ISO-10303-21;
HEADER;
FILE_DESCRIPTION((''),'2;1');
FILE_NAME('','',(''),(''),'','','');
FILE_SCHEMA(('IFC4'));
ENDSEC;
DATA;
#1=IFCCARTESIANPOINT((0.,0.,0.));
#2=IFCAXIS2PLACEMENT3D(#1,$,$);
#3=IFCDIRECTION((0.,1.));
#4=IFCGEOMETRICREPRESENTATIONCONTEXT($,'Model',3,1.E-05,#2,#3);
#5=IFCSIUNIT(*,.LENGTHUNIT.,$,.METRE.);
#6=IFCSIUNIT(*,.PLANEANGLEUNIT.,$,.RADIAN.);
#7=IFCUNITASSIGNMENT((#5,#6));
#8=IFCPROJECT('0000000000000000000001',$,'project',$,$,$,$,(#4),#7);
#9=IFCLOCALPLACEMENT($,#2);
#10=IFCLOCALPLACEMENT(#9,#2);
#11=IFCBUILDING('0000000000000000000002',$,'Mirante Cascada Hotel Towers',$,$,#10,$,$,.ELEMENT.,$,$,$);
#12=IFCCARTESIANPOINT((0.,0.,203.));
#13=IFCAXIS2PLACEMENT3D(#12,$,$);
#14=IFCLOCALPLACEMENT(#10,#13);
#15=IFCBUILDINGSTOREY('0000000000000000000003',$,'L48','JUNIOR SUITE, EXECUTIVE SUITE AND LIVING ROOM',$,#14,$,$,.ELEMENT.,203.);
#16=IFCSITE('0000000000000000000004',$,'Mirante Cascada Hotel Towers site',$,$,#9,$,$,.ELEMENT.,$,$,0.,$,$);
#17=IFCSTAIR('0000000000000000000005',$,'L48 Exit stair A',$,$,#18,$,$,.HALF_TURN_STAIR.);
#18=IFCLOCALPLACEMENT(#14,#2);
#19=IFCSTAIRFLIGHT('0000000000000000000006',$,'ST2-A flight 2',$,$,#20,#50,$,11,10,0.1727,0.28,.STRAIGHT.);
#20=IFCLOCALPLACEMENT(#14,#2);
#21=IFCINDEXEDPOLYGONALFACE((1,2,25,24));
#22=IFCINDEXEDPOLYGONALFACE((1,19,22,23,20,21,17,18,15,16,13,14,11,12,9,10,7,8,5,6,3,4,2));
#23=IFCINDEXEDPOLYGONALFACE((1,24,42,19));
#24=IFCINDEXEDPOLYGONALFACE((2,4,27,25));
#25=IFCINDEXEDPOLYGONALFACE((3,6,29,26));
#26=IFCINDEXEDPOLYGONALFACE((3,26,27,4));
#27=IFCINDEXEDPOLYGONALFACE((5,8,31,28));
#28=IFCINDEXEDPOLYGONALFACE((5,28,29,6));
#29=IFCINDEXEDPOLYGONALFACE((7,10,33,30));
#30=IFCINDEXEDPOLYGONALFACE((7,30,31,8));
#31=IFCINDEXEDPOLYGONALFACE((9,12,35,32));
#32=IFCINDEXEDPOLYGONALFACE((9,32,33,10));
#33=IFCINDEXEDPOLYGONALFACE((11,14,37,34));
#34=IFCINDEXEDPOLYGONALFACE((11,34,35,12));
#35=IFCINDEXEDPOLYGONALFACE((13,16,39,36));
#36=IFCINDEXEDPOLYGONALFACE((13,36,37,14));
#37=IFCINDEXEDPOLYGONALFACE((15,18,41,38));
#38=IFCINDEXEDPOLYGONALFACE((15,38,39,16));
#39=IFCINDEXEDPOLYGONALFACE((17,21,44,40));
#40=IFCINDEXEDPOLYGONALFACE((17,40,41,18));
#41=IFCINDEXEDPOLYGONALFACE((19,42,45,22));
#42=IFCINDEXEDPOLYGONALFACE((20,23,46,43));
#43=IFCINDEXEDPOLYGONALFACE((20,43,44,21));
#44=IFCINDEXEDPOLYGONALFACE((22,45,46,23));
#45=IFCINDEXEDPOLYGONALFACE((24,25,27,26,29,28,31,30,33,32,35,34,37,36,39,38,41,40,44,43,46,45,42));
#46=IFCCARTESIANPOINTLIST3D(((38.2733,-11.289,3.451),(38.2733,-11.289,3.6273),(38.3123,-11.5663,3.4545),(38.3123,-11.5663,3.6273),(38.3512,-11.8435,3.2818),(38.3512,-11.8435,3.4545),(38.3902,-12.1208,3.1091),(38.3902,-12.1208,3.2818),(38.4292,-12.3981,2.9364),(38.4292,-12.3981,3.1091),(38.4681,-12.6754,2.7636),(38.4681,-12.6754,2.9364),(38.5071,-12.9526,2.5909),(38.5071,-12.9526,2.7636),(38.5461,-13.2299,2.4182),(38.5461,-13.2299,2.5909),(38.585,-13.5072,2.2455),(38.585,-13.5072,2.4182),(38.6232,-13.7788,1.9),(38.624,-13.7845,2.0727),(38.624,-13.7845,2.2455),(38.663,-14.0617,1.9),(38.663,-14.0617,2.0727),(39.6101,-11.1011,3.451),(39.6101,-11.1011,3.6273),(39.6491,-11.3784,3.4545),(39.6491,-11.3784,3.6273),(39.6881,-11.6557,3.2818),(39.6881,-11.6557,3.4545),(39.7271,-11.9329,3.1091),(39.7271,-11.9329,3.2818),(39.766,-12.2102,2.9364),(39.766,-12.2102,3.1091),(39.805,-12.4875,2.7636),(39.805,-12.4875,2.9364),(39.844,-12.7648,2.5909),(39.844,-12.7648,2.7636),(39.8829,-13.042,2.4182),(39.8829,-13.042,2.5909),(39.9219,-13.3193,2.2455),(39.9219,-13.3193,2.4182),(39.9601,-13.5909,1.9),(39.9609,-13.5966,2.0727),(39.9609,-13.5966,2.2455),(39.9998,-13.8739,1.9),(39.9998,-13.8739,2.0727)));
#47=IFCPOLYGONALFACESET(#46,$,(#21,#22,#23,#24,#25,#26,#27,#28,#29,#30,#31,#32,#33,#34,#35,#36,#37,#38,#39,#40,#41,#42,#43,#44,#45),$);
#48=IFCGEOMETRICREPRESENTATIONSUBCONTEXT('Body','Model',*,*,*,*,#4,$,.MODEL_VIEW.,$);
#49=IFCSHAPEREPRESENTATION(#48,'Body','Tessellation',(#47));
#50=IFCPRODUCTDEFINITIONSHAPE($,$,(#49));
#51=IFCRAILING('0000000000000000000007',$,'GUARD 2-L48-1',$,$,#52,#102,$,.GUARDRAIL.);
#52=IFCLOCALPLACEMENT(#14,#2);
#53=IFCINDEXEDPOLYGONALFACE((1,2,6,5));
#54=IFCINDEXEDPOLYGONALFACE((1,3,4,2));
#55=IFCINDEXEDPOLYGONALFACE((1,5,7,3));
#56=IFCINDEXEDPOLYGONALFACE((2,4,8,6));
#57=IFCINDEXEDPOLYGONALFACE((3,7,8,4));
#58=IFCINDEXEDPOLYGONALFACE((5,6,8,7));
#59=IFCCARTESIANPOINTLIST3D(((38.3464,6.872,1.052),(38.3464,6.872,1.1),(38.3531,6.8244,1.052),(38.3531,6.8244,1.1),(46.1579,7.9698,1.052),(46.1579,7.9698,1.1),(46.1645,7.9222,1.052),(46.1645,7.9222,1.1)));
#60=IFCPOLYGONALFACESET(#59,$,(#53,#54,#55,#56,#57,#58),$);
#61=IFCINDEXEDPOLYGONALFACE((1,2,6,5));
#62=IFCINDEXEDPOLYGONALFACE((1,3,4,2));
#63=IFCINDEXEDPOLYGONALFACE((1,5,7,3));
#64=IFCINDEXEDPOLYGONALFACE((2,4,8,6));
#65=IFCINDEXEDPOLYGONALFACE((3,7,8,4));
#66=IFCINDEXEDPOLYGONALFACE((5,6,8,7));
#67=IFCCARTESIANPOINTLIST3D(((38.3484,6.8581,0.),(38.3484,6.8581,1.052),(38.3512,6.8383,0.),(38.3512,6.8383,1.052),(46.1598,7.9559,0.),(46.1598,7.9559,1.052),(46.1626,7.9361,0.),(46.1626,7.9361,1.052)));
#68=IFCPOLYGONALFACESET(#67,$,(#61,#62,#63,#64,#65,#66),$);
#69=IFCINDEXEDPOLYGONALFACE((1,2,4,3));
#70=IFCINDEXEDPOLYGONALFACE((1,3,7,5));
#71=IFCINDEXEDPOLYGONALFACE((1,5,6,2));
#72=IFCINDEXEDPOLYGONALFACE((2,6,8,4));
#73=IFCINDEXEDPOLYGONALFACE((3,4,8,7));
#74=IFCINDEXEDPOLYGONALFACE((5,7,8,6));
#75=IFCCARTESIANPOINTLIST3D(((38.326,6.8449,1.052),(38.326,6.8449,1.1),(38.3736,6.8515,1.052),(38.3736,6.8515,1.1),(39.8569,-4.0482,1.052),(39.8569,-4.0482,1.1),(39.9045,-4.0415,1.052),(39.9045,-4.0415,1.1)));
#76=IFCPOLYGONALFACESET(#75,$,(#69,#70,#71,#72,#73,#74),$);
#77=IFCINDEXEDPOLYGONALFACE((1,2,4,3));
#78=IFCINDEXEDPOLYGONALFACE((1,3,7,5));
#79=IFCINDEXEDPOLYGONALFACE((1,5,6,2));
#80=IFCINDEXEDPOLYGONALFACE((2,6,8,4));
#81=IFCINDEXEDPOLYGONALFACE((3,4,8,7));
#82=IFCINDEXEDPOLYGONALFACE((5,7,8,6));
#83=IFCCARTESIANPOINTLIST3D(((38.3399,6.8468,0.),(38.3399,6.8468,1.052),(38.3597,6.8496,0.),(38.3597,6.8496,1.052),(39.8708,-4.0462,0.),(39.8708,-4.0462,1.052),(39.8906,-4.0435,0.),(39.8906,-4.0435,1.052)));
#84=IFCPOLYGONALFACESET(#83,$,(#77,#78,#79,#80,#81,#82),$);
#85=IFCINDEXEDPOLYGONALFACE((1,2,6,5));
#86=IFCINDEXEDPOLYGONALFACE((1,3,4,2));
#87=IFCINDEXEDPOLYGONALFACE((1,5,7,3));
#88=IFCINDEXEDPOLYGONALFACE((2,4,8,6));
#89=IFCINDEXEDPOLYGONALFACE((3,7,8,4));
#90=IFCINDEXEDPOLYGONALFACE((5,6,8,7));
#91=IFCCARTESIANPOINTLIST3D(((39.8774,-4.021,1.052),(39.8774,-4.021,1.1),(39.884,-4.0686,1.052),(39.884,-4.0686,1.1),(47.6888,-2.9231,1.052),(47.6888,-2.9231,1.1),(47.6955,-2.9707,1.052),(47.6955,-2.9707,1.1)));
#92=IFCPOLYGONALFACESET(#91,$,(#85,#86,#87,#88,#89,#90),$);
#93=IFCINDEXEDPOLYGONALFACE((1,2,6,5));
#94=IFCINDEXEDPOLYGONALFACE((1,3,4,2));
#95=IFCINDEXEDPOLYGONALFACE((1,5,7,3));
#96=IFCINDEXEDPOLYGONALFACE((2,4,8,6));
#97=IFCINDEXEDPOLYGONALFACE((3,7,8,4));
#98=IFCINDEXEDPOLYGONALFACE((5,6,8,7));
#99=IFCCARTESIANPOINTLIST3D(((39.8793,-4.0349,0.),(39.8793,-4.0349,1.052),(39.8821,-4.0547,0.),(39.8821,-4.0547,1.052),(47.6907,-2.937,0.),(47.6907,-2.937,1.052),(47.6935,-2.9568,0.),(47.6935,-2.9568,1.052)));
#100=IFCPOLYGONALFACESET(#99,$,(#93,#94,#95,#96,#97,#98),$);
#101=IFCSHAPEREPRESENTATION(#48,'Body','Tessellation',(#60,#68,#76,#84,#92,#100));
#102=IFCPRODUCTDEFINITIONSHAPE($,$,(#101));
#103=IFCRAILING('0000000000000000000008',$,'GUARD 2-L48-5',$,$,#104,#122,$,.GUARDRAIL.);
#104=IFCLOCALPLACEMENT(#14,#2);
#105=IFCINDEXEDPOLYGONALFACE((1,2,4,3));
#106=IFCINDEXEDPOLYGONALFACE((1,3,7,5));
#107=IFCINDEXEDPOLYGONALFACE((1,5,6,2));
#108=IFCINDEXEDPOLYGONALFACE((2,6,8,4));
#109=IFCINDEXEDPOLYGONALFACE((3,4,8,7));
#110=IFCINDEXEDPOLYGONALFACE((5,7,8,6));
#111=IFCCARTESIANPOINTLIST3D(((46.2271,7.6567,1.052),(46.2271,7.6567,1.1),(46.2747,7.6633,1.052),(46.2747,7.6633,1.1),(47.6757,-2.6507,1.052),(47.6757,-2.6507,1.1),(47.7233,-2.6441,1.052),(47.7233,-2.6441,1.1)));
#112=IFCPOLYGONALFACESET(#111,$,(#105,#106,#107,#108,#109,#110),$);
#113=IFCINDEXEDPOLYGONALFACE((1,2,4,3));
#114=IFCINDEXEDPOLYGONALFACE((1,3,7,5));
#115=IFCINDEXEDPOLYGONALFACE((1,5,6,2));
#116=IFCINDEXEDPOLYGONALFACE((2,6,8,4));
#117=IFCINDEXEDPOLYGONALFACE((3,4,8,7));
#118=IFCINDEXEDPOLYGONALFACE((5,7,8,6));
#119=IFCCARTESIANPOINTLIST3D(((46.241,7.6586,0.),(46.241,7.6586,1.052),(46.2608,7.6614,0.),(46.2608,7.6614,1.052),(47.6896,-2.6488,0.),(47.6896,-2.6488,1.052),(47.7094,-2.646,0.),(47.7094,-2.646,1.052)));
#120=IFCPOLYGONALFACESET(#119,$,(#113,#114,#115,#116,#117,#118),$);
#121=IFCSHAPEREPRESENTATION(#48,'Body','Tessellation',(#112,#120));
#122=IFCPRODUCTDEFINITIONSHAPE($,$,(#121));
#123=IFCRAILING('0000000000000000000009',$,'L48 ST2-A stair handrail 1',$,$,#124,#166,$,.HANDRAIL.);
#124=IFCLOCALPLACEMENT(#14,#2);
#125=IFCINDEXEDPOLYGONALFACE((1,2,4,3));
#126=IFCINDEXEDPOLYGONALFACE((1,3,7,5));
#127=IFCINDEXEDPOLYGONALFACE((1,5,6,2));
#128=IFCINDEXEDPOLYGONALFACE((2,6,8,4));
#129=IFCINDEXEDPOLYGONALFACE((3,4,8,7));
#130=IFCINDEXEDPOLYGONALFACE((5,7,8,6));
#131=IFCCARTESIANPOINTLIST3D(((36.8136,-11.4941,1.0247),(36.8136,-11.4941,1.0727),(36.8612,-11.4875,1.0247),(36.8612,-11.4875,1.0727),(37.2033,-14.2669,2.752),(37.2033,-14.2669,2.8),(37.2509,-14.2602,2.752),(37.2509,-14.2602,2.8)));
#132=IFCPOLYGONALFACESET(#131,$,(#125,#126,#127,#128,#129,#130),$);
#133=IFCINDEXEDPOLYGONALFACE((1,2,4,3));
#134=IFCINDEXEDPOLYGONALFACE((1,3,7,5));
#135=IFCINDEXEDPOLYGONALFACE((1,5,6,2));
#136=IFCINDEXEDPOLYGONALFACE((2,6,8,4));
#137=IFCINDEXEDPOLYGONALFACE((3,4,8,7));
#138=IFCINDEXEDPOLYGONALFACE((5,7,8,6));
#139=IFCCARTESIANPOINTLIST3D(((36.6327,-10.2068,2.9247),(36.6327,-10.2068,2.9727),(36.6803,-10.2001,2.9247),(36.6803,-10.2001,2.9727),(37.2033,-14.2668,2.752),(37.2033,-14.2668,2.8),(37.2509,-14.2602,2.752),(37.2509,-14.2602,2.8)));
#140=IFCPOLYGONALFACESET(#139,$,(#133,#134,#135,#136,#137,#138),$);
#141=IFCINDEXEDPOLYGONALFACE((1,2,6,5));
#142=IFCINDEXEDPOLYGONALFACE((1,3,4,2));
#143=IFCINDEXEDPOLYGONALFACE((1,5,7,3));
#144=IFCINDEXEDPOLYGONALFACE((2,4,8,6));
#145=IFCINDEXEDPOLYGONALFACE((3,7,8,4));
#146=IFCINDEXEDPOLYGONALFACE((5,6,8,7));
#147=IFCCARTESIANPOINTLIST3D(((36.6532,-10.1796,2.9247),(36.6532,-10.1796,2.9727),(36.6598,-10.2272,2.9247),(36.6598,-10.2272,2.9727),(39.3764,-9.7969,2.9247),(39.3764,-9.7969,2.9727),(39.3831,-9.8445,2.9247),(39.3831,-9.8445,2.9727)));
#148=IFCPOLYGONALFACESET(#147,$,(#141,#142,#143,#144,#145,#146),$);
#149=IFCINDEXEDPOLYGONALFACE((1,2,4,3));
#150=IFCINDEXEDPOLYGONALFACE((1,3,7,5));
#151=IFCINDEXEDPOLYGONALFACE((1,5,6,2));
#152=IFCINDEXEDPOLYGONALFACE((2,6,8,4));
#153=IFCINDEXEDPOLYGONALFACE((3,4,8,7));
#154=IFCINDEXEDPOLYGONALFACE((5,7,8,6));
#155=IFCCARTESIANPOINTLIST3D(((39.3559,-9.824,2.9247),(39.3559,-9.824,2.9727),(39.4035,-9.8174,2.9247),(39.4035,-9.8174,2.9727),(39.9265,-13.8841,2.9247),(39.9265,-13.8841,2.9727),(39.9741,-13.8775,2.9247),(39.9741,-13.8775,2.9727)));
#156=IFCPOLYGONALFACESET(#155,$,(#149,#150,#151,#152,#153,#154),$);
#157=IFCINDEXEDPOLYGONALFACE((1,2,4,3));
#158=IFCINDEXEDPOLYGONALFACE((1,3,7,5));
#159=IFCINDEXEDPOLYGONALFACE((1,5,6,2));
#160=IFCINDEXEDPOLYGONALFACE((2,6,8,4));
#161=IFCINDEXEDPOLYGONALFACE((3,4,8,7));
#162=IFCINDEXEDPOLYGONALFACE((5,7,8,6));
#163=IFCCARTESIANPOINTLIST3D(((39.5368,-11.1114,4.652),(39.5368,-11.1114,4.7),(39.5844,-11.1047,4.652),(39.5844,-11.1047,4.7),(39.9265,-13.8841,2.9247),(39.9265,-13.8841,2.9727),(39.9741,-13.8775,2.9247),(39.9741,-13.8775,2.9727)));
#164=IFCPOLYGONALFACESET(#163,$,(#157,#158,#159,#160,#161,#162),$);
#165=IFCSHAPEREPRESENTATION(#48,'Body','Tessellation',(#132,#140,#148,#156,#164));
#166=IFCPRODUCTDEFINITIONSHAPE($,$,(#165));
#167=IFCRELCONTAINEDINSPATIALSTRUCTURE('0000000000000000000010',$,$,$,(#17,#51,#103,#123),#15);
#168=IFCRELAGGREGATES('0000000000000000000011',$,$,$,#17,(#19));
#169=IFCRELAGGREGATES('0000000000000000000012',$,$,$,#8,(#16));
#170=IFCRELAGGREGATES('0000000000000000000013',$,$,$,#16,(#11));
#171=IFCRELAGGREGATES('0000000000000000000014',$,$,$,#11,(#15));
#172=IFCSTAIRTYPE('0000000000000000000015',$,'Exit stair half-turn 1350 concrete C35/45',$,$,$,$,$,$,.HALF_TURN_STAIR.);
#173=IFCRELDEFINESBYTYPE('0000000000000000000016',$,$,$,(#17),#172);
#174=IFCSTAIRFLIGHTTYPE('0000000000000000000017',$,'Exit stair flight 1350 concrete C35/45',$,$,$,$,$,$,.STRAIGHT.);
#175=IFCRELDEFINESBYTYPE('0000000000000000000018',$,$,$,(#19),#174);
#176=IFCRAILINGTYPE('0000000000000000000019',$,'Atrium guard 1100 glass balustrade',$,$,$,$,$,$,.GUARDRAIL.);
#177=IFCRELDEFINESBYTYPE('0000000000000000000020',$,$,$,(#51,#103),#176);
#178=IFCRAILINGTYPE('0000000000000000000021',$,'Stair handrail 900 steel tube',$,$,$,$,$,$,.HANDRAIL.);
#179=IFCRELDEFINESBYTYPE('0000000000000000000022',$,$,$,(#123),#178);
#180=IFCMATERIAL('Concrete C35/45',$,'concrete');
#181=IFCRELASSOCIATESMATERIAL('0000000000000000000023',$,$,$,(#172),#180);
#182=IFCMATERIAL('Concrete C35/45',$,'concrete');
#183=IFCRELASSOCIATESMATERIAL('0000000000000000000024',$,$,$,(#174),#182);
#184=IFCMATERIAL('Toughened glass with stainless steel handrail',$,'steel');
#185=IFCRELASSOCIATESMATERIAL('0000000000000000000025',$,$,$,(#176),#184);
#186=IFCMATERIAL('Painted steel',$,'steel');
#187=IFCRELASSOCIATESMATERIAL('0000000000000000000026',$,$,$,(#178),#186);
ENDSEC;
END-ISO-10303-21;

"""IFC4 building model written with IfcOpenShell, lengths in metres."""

from ifc_helpers import new_model, si_unit, direction, frame, origin, origin_2d, place, context, subcontext, project, spatial, polyline, rectangle, outline, extrude, material, type_object, element, aggregate, save


model = new_model("IFC4")

# Units and contexts
model_context = context("Model", 3, precision=1e-05, world=origin(), true_north=direction((0.0, 1.0)))
body_context = subcontext(model_context, "Body", "Model", "MODEL_VIEW")
ifc_project = project(units=[si_unit("LENGTHUNIT", "METRE"), si_unit("PLANEANGLEUNIT", "RADIAN")], contexts=[model_context])

# Site, building, storey
site_placement = place(None, origin())
site = spatial("IfcSite", under=ifc_project, at=site_placement, Name="Mirante Cascada Hotel Towers site", CompositionType="ELEMENT", RefElevation=0.0)
building_placement = place(site_placement, origin())
building = spatial("IfcBuilding", under=site, at=building_placement, Name="Mirante Cascada Hotel Towers", CompositionType="ELEMENT")
storey_placement = place(building_placement, frame((0.0, 0.0, 203.0)))
storey = spatial("IfcBuildingStorey", under=building, at=storey_placement, Name="L48", Description="JUNIOR SUITE, EXECUTIVE SUITE AND LIVING ROOM", CompositionType="ELEMENT", Elevation=203.0)

# Stair, stair flight
ifc_material_1 = material(Name="Concrete C35/45", Category="concrete")
stair_type = type_object("IfcStairType", Name="Exit stair half-turn 1350 concrete C35/45", PredefinedType="HALF_TURN_STAIR", material=ifc_material_1)
stair_placement = place(storey_placement, origin())
stair = element("IfcStair", 1, at=stair_placement, inside=storey, type_object=stair_type, Name="L48 Exit stair A", PredefinedType="HALF_TURN_STAIR")
ifc_material_2 = material(Name="Concrete C35/45", Category="concrete")
stair_flight_type = type_object("IfcStairFlightType", Name="Exit stair flight 1350 concrete C35/45", PredefinedType="STRAIGHT", material=ifc_material_2)
stair_flight_placement = place(storey_placement, frame((39.3314, -13.9678, 1.9), z_axis=(0.0, 0.0, 1.0), x_axis=(-0.139173, 0.990268, 0.0)))
stair_flight = element("IfcStairFlight", 2, at=stair_flight_placement, type_object=stair_flight_type, Name="ST2-A flight 2", NumberOfRisers=11, NumberOfTreads=10, PredefinedType="STRAIGHT", RiserHeight=0.1727, TreadLength=0.28, context=body_context, shape_type="SweptSolid", body=[
    extrude(outline(polyline([(0.0, 0.0), (0.0, 0.1727), (0.28, 0.1727), (0.28, 0.3455), (0.56, 0.3455), (0.56, 0.5182), (0.84, 0.5182), (0.84, 0.6909), (1.12, 0.6909), (1.12, 0.8636), (1.4, 0.8636), (1.4, 1.0364), (1.68, 1.0364), (1.68, 1.2091), (1.96, 1.2091), (1.96, 1.3818), (2.24, 1.3818), (2.24, 1.5545), (2.52, 1.5545), (2.52, 1.7273), (2.8, 1.7273), (2.8, 1.9), (2.8, 1.551), (0.2857, 0.0), (0.0, 0.0)])), frame((0.0, 0.675, 0.0), z_axis=(0.0, -1.0, 0.0), x_axis=(1.0, 0.0, 0.0)), (0.0, 0.0, 1.0), 1.35),
])
aggregate(stair, [stair_flight])

# Railings
ifc_material_3 = material(Name="Toughened glass with stainless steel handrail", Category="steel")
railing_type_1 = type_object("IfcRailingType", Name="Atrium guard 1100 glass balustrade", PredefinedType="GUARDRAIL", material=ifc_material_3)
railing_1_placement = place(storey_placement, frame((46.1612, 7.946, 0.0)))
element("IfcRailing", 3, at=railing_1_placement, inside=storey, type_object=railing_type_1, Name="GUARD 2-L48-1", PredefinedType="GUARDRAIL", context=body_context, shape_type="SweptSolid", body=[
    extrude(rectangle(XDim=0.048, YDim=0.048, at=origin_2d()), frame((0.0, 0.0, 1.076), z_axis=(-0.990268, -0.139171, 0.0), x_axis=(0.139171, -0.990268, 0.0)), (0.0, 0.0, 1.0), 7.8882),
    extrude(rectangle(XDim=0.02, YDim=1.052, at=origin_2d()), frame((0.0, 0.0, 0.526), z_axis=(-0.990268, -0.139171, 0.0), x_axis=(0.139171, -0.990268, 0.0)), (0.0, 0.0, 1.0), 7.8882),
    extrude(rectangle(XDim=0.048, YDim=0.048, at=origin_2d()), frame((-7.8114, -1.0978, 1.076), z_axis=(0.139172, -0.990268, 0.0), x_axis=(0.990268, 0.139172, 0.0)), (0.0, 0.0, 1.0), 11.0001),
    extrude(rectangle(XDim=0.02, YDim=1.052, at=origin_2d()), frame((-7.8114, -1.0978, 0.526), z_axis=(0.139172, -0.990268, 0.0), x_axis=(0.990268, 0.139172, 0.0)), (0.0, 0.0, 1.0), 11.0001),
    extrude(rectangle(XDim=0.048, YDim=0.048, at=origin_2d()), frame((-6.2805, -11.9908, 1.076), z_axis=(0.990267, 0.139183, 0.0), x_axis=(-0.139183, 0.990267, 0.0)), (0.0, 0.0, 1.0), 7.8882),
    extrude(rectangle(XDim=0.02, YDim=1.052, at=origin_2d()), frame((-6.2805, -11.9908, 0.526), z_axis=(0.990267, 0.139183, 0.0), x_axis=(-0.139183, 0.990267, 0.0)), (0.0, 0.0, 1.0), 7.8882),
])
railing_2_placement = place(storey_placement, frame((47.6995, -2.6474, 0.0)))
element("IfcRailing", 4, at=railing_2_placement, inside=storey, type_object=railing_type_1, Name="GUARD 2-L48-5", PredefinedType="GUARDRAIL", context=body_context, shape_type="SweptSolid", body=[
    extrude(rectangle(XDim=0.048, YDim=0.048, at=origin_2d()), frame((0.0, 0.0, 1.076), z_axis=(-0.139172, 0.990268, 0.0), x_axis=(-0.990268, -0.139172, 0.0)), (0.0, 0.0, 1.0), 10.4087),
    extrude(rectangle(XDim=0.02, YDim=1.052, at=origin_2d()), frame((0.0, 0.0, 0.526), z_axis=(-0.139172, 0.990268, 0.0), x_axis=(-0.990268, -0.139172, 0.0)), (0.0, 0.0, 1.0), 10.4087),
])
ifc_material_4 = material(Name="Painted steel", Category="steel")
railing_type_2 = type_object("IfcRailingType", Name="Stair handrail 900 steel tube", PredefinedType="HANDRAIL", material=ifc_material_4)
railing_3_placement = place(storey_placement, frame((36.8374, -11.4908, 0.1727)))
element("IfcRailing", 5, at=railing_3_placement, inside=storey, type_object=railing_type_2, Name="L48 ST2-A stair handrail 1", PredefinedType="HANDRAIL", context=body_context, shape_type="SweptSolid", body=[
    extrude(rectangle(XDim=0.048, YDim=0.048, at=origin_2d()), frame((0.0, 0.0, 0.876), z_axis=(0.139181, -0.990267, 0.0), x_axis=(0.990267, 0.139181, 0.0)), (0.0, 0.525035, 0.851081), 3.2899),
    extrude(rectangle(XDim=0.048, YDim=0.048, at=origin_2d()), frame((0.3897, -2.7727, 2.6033), z_axis=(-0.139171, 0.990268, 0.0), x_axis=(-0.990268, -0.139171, 0.0)), (0.0, 0.042085, 0.999114), 4.1036),
    extrude(rectangle(XDim=0.048, YDim=0.048, at=origin_2d()), frame((-0.1809, 1.2874, 2.776), z_axis=(0.990269, 0.139166, 0.0), x_axis=(-0.139166, 0.990269, 0.0)), (0.0, 0.0, 1.0), 2.75),
    extrude(rectangle(XDim=0.048, YDim=0.048, at=origin_2d()), frame((2.5423, 1.6701, 2.776), z_axis=(0.139171, -0.990268, 0.0), x_axis=(0.990268, 0.139171, 0.0)), (0.0, 0.0, 1.0), 4.1),
    extrude(rectangle(XDim=0.048, YDim=0.048, at=origin_2d()), frame((3.1129, -2.39, 2.776), z_axis=(-0.139181, 0.990267, 0.0), x_axis=(-0.990267, -0.139181, 0.0)), (0.0, 0.525035, 0.851081), 3.2899),
])

save(model, "model.ifc")
